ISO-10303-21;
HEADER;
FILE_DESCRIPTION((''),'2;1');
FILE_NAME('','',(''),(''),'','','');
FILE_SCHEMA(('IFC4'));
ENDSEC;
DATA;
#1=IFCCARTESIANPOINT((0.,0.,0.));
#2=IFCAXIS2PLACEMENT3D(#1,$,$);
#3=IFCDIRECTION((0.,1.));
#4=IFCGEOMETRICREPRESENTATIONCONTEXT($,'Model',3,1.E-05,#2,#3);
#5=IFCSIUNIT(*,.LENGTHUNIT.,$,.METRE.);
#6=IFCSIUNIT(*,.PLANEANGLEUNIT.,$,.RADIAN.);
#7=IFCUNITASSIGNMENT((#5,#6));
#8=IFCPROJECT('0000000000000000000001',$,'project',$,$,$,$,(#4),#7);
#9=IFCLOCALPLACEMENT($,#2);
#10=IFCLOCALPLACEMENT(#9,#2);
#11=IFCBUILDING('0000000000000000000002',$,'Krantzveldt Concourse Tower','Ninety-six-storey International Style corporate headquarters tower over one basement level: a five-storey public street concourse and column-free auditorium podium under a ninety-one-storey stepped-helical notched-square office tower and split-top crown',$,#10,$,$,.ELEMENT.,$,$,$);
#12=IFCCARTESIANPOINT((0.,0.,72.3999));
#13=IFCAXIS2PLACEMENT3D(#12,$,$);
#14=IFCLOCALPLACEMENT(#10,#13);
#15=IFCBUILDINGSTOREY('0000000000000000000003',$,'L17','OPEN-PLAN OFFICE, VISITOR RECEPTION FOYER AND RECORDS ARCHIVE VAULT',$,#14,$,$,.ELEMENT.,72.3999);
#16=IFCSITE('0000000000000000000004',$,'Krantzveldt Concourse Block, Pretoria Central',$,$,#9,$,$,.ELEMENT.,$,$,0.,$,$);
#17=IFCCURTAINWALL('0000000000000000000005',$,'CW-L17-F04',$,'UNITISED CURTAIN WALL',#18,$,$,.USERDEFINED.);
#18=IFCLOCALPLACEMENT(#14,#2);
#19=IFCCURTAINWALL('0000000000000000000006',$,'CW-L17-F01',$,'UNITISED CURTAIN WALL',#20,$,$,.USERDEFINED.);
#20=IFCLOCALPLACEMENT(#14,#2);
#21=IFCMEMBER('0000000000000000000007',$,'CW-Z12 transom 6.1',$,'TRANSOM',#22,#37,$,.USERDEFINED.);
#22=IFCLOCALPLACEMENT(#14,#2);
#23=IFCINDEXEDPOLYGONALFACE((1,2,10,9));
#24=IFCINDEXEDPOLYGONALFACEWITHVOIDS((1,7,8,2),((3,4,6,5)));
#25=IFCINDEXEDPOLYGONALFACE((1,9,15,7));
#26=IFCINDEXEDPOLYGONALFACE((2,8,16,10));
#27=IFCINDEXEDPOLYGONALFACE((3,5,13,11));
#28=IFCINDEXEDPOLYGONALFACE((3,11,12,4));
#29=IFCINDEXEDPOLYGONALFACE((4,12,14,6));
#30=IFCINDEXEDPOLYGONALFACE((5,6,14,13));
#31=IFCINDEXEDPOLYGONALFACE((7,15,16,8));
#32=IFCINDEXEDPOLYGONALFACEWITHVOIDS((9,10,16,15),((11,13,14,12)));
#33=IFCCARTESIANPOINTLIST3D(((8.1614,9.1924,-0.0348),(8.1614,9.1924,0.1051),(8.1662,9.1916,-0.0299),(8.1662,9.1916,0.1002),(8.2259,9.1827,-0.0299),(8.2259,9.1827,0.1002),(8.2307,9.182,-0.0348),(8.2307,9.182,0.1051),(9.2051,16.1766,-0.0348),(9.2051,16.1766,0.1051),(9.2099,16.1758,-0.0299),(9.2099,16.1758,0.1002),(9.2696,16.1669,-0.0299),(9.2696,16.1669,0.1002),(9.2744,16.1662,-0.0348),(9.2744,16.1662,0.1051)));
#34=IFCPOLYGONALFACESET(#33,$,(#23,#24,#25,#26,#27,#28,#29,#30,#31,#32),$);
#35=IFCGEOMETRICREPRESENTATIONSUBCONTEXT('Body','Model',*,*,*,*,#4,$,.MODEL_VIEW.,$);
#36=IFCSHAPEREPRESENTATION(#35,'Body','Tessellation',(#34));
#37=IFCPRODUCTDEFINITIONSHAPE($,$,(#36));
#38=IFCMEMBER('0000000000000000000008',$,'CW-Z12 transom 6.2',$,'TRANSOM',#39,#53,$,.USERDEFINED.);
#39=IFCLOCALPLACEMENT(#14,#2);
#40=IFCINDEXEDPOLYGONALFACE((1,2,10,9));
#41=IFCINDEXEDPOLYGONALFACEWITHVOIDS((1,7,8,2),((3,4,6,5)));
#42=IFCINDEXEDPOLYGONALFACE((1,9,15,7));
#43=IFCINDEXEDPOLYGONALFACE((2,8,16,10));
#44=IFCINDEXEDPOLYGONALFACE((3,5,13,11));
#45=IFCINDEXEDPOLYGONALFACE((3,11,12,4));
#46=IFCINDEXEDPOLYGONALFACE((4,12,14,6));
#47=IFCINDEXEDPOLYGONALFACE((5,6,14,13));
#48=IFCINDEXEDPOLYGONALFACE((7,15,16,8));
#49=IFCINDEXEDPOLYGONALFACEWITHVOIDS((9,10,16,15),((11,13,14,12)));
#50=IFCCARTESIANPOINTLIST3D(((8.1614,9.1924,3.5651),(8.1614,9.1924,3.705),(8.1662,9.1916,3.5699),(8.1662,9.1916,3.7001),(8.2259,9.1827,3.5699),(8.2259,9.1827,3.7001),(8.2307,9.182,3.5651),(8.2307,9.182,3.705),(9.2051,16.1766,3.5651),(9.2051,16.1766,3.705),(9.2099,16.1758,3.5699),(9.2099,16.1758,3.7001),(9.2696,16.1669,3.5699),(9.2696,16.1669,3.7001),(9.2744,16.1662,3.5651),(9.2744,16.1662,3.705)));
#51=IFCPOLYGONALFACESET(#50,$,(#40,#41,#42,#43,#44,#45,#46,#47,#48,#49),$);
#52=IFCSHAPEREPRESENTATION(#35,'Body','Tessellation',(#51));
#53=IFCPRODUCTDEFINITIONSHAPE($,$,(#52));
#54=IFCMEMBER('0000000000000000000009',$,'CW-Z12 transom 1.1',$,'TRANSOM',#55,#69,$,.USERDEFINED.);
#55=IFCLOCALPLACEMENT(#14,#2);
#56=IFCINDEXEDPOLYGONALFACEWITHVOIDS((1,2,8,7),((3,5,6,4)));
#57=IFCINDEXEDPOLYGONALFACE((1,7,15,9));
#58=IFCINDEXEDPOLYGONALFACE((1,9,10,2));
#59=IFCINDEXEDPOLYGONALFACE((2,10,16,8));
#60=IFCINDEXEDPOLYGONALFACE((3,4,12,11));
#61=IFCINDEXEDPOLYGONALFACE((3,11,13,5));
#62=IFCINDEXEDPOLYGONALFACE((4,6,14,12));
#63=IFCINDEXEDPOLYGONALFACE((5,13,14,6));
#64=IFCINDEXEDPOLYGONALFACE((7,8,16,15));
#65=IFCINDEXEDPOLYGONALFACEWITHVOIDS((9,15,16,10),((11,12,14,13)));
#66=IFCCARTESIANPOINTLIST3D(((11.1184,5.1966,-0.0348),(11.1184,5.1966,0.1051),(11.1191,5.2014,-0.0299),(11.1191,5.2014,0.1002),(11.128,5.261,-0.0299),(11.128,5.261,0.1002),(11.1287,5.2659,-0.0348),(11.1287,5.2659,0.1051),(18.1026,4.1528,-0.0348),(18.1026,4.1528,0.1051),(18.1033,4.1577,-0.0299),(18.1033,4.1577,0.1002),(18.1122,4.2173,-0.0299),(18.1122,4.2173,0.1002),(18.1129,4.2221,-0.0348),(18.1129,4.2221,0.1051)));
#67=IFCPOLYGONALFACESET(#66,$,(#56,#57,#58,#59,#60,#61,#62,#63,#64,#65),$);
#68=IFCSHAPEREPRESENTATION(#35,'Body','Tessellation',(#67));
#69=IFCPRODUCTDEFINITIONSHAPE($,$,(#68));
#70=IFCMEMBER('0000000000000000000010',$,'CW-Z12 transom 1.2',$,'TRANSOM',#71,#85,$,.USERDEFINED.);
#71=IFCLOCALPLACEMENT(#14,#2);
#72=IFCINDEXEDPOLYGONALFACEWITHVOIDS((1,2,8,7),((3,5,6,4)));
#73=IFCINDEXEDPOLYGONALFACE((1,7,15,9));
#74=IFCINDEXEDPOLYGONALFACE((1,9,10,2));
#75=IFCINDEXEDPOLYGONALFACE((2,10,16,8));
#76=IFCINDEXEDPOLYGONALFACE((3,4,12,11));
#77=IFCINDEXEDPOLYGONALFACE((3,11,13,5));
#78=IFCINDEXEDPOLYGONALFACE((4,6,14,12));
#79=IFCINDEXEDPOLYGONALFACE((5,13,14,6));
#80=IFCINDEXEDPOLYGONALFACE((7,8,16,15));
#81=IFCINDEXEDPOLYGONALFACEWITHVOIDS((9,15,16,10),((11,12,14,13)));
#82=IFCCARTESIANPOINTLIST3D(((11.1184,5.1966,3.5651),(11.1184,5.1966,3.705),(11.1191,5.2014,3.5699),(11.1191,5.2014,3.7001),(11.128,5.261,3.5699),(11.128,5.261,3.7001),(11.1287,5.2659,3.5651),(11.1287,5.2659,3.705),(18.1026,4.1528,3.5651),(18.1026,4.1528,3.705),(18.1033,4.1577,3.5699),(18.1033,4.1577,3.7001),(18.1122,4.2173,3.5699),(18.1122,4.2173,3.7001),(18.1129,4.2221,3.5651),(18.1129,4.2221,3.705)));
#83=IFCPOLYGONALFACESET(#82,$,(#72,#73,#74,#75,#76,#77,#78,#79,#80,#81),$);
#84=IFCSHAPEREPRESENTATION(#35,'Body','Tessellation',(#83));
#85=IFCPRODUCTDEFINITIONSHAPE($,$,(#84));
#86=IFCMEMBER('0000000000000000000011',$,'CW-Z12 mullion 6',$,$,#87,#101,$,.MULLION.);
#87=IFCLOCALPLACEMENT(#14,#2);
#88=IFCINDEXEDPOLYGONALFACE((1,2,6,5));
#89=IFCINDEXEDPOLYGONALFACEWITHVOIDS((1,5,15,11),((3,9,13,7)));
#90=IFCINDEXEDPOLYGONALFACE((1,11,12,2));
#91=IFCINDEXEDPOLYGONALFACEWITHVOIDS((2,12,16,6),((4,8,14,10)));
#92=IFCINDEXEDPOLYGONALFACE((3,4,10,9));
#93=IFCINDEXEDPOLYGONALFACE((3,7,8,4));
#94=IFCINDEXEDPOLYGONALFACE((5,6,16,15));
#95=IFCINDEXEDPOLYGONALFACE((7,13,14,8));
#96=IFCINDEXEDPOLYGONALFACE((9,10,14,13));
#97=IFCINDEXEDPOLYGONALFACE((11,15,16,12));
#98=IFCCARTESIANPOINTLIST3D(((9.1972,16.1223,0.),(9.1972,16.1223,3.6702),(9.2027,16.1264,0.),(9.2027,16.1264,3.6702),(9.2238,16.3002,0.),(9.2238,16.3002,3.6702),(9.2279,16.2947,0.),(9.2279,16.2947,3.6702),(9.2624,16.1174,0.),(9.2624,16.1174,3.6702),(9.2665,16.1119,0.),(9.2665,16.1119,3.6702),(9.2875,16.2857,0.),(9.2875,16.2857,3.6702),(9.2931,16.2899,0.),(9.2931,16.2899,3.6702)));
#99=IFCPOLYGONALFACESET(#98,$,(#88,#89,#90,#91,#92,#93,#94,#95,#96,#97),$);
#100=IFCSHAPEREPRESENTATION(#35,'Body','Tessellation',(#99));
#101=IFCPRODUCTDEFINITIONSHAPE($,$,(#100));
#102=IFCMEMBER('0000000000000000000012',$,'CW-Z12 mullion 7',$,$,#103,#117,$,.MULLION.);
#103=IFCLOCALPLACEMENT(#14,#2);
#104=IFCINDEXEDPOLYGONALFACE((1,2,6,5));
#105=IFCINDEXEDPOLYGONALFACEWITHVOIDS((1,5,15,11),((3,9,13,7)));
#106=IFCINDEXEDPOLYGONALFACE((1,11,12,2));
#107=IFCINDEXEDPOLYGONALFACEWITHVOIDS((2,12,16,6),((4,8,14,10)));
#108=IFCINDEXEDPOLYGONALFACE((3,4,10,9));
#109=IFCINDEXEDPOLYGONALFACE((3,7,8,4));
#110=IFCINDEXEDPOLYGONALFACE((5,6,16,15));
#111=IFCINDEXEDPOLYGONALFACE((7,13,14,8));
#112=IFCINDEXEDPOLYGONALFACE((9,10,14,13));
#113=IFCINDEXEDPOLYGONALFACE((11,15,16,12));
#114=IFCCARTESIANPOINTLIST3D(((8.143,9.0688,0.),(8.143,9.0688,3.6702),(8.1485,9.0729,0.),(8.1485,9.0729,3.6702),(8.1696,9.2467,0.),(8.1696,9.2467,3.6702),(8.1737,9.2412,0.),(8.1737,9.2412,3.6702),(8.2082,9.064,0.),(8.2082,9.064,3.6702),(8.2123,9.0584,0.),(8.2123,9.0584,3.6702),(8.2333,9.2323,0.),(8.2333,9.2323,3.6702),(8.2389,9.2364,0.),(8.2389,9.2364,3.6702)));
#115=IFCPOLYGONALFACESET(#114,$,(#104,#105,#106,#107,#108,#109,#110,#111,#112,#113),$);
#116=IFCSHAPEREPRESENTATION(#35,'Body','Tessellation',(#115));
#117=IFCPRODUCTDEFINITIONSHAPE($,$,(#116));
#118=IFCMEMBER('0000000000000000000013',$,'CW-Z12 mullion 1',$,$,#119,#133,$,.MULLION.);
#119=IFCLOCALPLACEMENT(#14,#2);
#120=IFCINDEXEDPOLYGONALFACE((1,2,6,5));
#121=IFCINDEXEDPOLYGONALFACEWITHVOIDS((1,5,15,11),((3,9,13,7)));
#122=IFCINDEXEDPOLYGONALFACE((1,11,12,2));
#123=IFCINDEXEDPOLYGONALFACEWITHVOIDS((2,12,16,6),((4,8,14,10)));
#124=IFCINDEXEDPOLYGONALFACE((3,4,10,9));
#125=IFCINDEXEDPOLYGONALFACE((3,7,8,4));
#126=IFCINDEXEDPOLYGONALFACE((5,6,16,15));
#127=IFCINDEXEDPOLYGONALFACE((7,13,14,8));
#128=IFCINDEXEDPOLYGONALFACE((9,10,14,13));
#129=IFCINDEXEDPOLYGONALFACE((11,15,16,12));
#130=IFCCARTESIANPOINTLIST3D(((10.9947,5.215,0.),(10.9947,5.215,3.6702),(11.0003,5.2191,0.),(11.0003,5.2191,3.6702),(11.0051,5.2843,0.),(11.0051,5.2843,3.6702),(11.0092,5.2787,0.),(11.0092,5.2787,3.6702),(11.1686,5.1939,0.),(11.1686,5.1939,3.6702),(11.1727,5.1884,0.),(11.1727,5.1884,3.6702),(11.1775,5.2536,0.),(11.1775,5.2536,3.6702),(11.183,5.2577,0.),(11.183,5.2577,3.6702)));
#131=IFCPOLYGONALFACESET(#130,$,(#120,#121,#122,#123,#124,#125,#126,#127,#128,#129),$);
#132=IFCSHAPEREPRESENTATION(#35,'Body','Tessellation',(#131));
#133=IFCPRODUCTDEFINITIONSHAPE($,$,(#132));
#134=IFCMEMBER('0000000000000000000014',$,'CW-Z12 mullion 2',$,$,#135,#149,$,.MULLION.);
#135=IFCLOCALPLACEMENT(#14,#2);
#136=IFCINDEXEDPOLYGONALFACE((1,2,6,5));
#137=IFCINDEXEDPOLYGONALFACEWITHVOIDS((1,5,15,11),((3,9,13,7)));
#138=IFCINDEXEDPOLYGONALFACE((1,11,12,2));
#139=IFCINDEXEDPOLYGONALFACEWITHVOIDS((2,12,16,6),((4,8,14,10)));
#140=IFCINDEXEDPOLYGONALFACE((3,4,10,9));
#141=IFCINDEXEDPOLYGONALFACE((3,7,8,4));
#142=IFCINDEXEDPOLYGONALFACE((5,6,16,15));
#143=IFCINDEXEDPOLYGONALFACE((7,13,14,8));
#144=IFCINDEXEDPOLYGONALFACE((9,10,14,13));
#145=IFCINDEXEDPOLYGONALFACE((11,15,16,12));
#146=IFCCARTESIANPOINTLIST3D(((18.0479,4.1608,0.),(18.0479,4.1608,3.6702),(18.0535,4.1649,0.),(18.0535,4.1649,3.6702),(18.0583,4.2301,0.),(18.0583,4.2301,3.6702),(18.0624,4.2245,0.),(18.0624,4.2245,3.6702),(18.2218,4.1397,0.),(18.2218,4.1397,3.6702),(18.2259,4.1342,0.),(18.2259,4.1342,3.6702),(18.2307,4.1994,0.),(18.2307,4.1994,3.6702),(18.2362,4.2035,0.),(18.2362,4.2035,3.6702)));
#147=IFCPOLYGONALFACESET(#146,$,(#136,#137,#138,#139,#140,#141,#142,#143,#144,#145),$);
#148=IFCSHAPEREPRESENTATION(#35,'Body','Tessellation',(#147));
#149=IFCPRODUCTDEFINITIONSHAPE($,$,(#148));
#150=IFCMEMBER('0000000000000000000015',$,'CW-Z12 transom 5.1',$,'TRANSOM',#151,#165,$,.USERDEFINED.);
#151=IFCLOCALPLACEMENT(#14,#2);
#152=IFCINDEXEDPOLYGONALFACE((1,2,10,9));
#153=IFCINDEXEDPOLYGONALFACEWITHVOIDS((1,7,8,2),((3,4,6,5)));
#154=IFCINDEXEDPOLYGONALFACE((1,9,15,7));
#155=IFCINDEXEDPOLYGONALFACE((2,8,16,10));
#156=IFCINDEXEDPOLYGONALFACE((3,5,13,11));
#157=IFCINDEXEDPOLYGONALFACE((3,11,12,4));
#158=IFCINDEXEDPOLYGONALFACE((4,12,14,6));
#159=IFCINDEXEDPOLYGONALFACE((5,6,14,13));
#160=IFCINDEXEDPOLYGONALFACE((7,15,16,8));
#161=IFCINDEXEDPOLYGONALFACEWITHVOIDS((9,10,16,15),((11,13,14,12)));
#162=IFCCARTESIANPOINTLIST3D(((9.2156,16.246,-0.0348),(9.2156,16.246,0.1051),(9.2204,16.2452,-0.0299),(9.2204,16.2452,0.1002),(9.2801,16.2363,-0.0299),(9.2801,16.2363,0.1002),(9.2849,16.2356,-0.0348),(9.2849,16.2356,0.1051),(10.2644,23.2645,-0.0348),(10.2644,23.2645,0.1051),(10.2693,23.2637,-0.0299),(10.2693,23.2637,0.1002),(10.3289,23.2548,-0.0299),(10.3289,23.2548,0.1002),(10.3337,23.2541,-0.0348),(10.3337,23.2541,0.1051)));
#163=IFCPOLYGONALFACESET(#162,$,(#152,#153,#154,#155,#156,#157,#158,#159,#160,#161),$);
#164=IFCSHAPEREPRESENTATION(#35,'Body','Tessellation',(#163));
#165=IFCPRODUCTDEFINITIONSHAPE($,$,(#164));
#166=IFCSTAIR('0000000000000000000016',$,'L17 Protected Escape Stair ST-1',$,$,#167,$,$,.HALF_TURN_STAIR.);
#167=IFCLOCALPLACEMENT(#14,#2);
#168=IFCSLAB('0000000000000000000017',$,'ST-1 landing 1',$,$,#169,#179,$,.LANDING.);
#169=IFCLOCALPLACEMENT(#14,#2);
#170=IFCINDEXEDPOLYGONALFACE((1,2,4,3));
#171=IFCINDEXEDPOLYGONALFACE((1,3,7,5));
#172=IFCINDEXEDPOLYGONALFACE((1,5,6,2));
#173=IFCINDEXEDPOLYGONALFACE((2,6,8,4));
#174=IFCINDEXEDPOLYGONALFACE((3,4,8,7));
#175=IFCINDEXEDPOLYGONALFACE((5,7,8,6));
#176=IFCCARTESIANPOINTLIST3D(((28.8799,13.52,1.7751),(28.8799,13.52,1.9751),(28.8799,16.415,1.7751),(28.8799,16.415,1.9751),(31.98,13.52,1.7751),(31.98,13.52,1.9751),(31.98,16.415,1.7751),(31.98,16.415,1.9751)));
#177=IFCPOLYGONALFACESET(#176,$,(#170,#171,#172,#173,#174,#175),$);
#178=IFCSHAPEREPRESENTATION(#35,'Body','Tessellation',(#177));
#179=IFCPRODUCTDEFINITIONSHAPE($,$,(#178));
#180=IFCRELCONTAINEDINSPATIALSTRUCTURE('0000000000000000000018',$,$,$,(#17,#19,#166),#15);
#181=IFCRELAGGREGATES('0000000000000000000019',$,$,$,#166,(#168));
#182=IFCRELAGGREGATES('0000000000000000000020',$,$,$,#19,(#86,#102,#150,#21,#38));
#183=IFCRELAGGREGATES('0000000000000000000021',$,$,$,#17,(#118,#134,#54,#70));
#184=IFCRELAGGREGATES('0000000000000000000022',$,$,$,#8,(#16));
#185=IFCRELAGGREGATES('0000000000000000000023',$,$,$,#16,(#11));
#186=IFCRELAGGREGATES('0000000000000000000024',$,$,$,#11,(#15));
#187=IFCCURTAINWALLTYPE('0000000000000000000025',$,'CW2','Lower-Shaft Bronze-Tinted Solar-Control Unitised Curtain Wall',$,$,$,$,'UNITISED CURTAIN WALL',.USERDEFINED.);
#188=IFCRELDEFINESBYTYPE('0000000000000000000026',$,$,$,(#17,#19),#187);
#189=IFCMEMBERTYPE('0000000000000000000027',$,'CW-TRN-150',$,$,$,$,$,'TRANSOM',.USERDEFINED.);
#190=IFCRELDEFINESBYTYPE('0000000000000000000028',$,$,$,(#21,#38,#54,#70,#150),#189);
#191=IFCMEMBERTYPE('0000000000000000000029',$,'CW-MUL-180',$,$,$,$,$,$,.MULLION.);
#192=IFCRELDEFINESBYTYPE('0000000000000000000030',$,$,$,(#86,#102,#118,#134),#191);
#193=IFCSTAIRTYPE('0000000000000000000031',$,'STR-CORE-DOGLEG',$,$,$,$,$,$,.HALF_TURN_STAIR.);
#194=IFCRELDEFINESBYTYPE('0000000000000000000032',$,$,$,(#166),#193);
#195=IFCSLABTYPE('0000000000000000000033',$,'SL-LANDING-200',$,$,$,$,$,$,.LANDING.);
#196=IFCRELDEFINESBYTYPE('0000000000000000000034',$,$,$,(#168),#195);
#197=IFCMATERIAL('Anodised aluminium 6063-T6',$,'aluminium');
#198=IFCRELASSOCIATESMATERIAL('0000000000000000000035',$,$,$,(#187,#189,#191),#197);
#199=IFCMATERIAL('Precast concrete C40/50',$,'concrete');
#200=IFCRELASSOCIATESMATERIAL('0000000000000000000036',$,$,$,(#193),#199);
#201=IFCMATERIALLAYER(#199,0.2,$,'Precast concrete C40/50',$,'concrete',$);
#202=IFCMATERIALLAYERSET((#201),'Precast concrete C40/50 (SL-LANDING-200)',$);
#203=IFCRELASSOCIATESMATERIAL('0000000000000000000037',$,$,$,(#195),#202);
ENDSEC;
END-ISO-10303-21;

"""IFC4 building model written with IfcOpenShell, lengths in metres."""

from ifc_helpers import new_model, si_unit, direction, frame, origin, origin_2d, place, context, subcontext, project, spatial, polyline, hollow_rectangle, outline, extrude, source, transform, mapped, material, layer, layer_set, material_profile, profile_set, type_object, type_shapes, element, aggregate, save


model = new_model("IFC4")

# Units and contexts
model_context = context("Model", 3, precision=1e-05, world=origin(), true_north=direction((0.0, 1.0)))
body_context = subcontext(model_context, "Body", "Model", "MODEL_VIEW")
ifc_project = project(units=[si_unit("LENGTHUNIT", "METRE"), si_unit("PLANEANGLEUNIT", "RADIAN")], contexts=[model_context])

# Site, building, storey
site_placement = place(None, origin())
site = spatial("IfcSite", under=ifc_project, at=site_placement, Name="Krantzveldt Concourse Block, Pretoria Central", CompositionType="ELEMENT", RefElevation=0.0)
building_placement = place(site_placement, origin())
building = spatial("IfcBuilding", under=site, at=building_placement, Name="Krantzveldt Concourse Tower", Description="Ninety-six-storey International Style corporate headquarters tower over one basement level: a five-storey public street concourse and column-free auditorium podium under a ninety-one-storey stepped-helical notched-square office tower and split-top crown", CompositionType="ELEMENT")
storey_placement = place(building_placement, frame((0.0, 0.0, 72.3999)))
storey = spatial("IfcBuildingStorey", under=building, at=storey_placement, Name="L17", Description="OPEN-PLAN OFFICE, VISITOR RECEPTION FOYER AND RECORDS ARCHIVE VAULT", CompositionType="ELEMENT", Elevation=72.3999)

# Curtain walls, members
ifc_material_1 = material(Name="Anodised aluminium 6063-T6", Category="aluminium")
curtain_wall_type = type_object("IfcCurtainWallType", Name="CW2", Description="Lower-Shaft Bronze-Tinted Solar-Control Unitised Curtain Wall", ElementType="UNITISED CURTAIN WALL", PredefinedType="USERDEFINED", material=ifc_material_1)
curtain_wall_1_placement = place(storey_placement, origin())
curtain_wall_1 = element("IfcCurtainWall", 1, at=curtain_wall_1_placement, inside=storey, type_object=curtain_wall_type, Name="CW-L17-F04", ObjectType="UNITISED CURTAIN WALL", PredefinedType="USERDEFINED")
ifc_material_profile_1 = material_profile(ifc_material_1, hollow_rectangle(XDim=0.0701, YDim=0.1399, WallThickness=0.0049, at=origin_2d()), Name="Anodised aluminium 6063-T6", Category="aluminium")
ifc_profile_set_1 = profile_set([ifc_material_profile_1], Name="Anodised aluminium 6063-T6 - ALU-TRAN 140x70x5")
member_type_1 = type_object("IfcMemberType", Name="CW-TRN-150", ElementType="TRANSOM", PredefinedType="USERDEFINED", material=ifc_profile_set_1)
curtain_wall_2_placement = place(storey_placement, origin())
curtain_wall_2 = element("IfcCurtainWall", 2, at=curtain_wall_2_placement, inside=storey, type_object=curtain_wall_type, Name="CW-L17-F01", ObjectType="UNITISED CURTAIN WALL", PredefinedType="USERDEFINED")
shared_shape_1 = source(origin(), body_context, "Body", "SweptSolid", [
    extrude(hollow_rectangle(XDim=0.0701, YDim=0.1399, WallThickness=0.0049, at=origin_2d()), origin(), (0.0, 0.0, 1.0), 7.0618),
])
member_1_placement = place(storey_placement, frame((9.2397, 16.1714, 0.0352), z_axis=(-0.147798, -0.989018, 0.0), x_axis=(0.989018, -0.147798, 0.0)))
member_1 = element("IfcMember", 3, at=member_1_placement, type_object=member_type_1, Name="CW-Z12 transom 6.1", ObjectType="TRANSOM", PredefinedType="USERDEFINED", context=body_context, shape_type="MappedRepresentation", body=[
    mapped(shared_shape_1, transform((0.0, 0.0, 0.0), x_axis=(1.0, 0.0, 0.0), y_axis=(0.0, 1.0, 0.0), z_axis=(0.0, 0.0, 1.0), scale=1.0)),
])
member_2_placement = place(storey_placement, frame((9.2397, 16.1714, 3.635), z_axis=(-0.147798, -0.989018, 0.0), x_axis=(0.989018, -0.147798, 0.0)))
member_2 = element("IfcMember", 4, at=member_2_placement, type_object=member_type_1, Name="CW-Z12 transom 6.2", ObjectType="TRANSOM", PredefinedType="USERDEFINED", context=body_context, shape_type="MappedRepresentation", body=[
    mapped(shared_shape_1, transform((0.0, 0.0, 0.0), x_axis=(1.0, 0.0, 0.0), y_axis=(0.0, 1.0, 0.0), z_axis=(0.0, 0.0, 1.0), scale=1.0)),
])

# Members
member_3_placement = place(storey_placement, frame((11.1235, 5.2312, 0.0352), z_axis=(0.989018, -0.147798, 0.0), x_axis=(0.147798, 0.989018, 0.0)))
member_3 = element("IfcMember", 5, at=member_3_placement, type_object=member_type_1, Name="CW-Z12 transom 1.1", ObjectType="TRANSOM", PredefinedType="USERDEFINED", context=body_context, shape_type="MappedRepresentation", body=[
    mapped(shared_shape_1, transform((0.0, 0.0, 0.0), x_axis=(1.0, 0.0, 0.0), y_axis=(0.0, 1.0, 0.0), z_axis=(0.0, 0.0, 1.0), scale=1.0)),
])
member_4_placement = place(storey_placement, frame((11.1235, 5.2312, 3.635), z_axis=(0.989018, -0.147798, 0.0), x_axis=(0.147798, 0.989018, 0.0)))
member_4 = element("IfcMember", 6, at=member_4_placement, type_object=member_type_1, Name="CW-Z12 transom 1.2", ObjectType="TRANSOM", PredefinedType="USERDEFINED", context=body_context, shape_type="MappedRepresentation", body=[
    mapped(shared_shape_1, transform((0.0, 0.0, 0.0), x_axis=(1.0, 0.0, 0.0), y_axis=(0.0, 1.0, 0.0), z_axis=(0.0, 0.0, 1.0), scale=1.0)),
])
ifc_material_profile_2 = material_profile(ifc_material_1, hollow_rectangle(XDim=0.0701, YDim=0.1799, WallThickness=0.0049, at=origin_2d()), Name="Anodised aluminium 6063-T6", Category="aluminium")
ifc_profile_set_2 = profile_set([ifc_material_profile_2], Name="Anodised aluminium 6063-T6 - ALU-MULL 180x70x5")
member_type_2 = type_object("IfcMemberType", Name="CW-MUL-180", PredefinedType="MULLION", material=ifc_profile_set_2)
shared_shape_2 = source(origin(), body_context, "Body", "SweptSolid", [
    extrude(hollow_rectangle(XDim=0.0701, YDim=0.1799, WallThickness=0.0049, at=origin_2d()), origin(), (0.0, 0.0, 1.0), 3.6702),
])
type_shapes(member_type_2, [shared_shape_2])
member_5_placement = place(storey_placement, frame((9.2451, 16.2061, 0.0), z_axis=(0.0, 0.0, 1.0), x_axis=(0.989016, -0.14781, 0.0)))
member_5 = element("IfcMember", 7, at=member_5_placement, type_object=member_type_2, Name="CW-Z12 mullion 6", PredefinedType="MULLION", context=body_context, shape_type="MappedRepresentation", body=[
    mapped(shared_shape_2, transform((0.0, 0.0, 0.0), x_axis=(1.0, 0.0, 0.0), y_axis=(0.0, 1.0, 0.0), z_axis=(0.0, 0.0, 1.0), scale=1.0)),
])
member_6_placement = place(storey_placement, frame((8.1909, 9.1526, 0.0), z_axis=(0.0, 0.0, 1.0), x_axis=(0.989016, -0.14781, 0.0)))
member_6 = element("IfcMember", 8, at=member_6_placement, type_object=member_type_2, Name="CW-Z12 mullion 7", PredefinedType="MULLION", context=body_context, shape_type="MappedRepresentation", body=[
    mapped(shared_shape_2, transform((0.0, 0.0, 0.0), x_axis=(1.0, 0.0, 0.0), y_axis=(0.0, 1.0, 0.0), z_axis=(0.0, 0.0, 1.0), scale=1.0)),
])
member_7_placement = place(storey_placement, frame((11.0889, 5.2363, 0.0), z_axis=(0.0, 0.0, 1.0), x_axis=(0.14781, 0.989016, 0.0)))
member_7 = element("IfcMember", 9, at=member_7_placement, type_object=member_type_2, Name="CW-Z12 mullion 1", PredefinedType="MULLION", context=body_context, shape_type="MappedRepresentation", body=[
    mapped(shared_shape_2, transform((0.0, 0.0, 0.0), x_axis=(1.0, 0.0, 0.0), y_axis=(0.0, 1.0, 0.0), z_axis=(0.0, 0.0, 1.0), scale=1.0)),
])
member_8_placement = place(storey_placement, frame((18.1421, 4.1821, 0.0), z_axis=(0.0, 0.0, 1.0), x_axis=(0.14781, 0.989016, 0.0)))
member_8 = element("IfcMember", 10, at=member_8_placement, type_object=member_type_2, Name="CW-Z12 mullion 2", PredefinedType="MULLION", context=body_context, shape_type="MappedRepresentation", body=[
    mapped(shared_shape_2, transform((0.0, 0.0, 0.0), x_axis=(1.0, 0.0, 0.0), y_axis=(0.0, 1.0, 0.0), z_axis=(0.0, 0.0, 1.0), scale=1.0)),
])
shared_shape_3 = source(origin(), body_context, "Body", "SweptSolid", [
    extrude(hollow_rectangle(XDim=0.0701, YDim=0.1399, WallThickness=0.0049, at=origin_2d()), origin(), (0.0, 0.0, 1.0), 7.0964),
])
member_9_placement = place(storey_placement, frame((10.2991, 23.2593, 0.0352), z_axis=(-0.147795, -0.989018, 0.0), x_axis=(0.989018, -0.147795, 0.0)))
member_9 = element("IfcMember", 11, at=member_9_placement, type_object=member_type_1, Name="CW-Z12 transom 5.1", ObjectType="TRANSOM", PredefinedType="USERDEFINED", context=body_context, shape_type="MappedRepresentation", body=[
    mapped(shared_shape_3, transform((0.0, 0.0, 0.0), x_axis=(1.0, 0.0, 0.0), y_axis=(0.0, 1.0, 0.0), z_axis=(0.0, 0.0, 1.0), scale=1.0)),
])

# Stair, slab
ifc_material_2 = material(Name="Precast concrete C40/50", Category="concrete")
stair_type = type_object("IfcStairType", Name="STR-CORE-DOGLEG", PredefinedType="HALF_TURN_STAIR", material=ifc_material_2)
stair_1_placement = place(storey_placement, origin())
stair_1 = element("IfcStair", 12, at=stair_1_placement, inside=storey, type_object=stair_type, Name="L17 Protected Escape Stair ST-1", PredefinedType="HALF_TURN_STAIR")
ifc_layer_1 = layer(ifc_material_2, 0.2, Name="Precast concrete C40/50", Category="concrete")
ifc_layer_set_1 = layer_set([ifc_layer_1], Name="Precast concrete C40/50 (SL-LANDING-200)")
slab_type_1 = type_object("IfcSlabType", Name="SL-LANDING-200", PredefinedType="LANDING", material=ifc_layer_set_1)
slab_1_placement = place(storey_placement, frame((0.0, 0.0, 1.7751)))
slab_1 = element("IfcSlab", 13, at=slab_1_placement, type_object=slab_type_1, Name="ST-1 landing 1", PredefinedType="LANDING", context=body_context, shape_type="SweptSolid", body=[
    extrude(outline(polyline([(28.8799, 16.415), (28.8799, 13.52), (31.98, 13.52), (31.98, 16.415), (28.8799, 16.415)])), origin(), (0.0, 0.0, 1.0), 0.2),
])
aggregate(stair_1, [slab_1])

aggregate(curtain_wall_2, [member_5, member_6, member_9, member_1, member_2])
aggregate(curtain_wall_1, [member_7, member_8, member_3, member_4])

save(model, "model.ifc")
